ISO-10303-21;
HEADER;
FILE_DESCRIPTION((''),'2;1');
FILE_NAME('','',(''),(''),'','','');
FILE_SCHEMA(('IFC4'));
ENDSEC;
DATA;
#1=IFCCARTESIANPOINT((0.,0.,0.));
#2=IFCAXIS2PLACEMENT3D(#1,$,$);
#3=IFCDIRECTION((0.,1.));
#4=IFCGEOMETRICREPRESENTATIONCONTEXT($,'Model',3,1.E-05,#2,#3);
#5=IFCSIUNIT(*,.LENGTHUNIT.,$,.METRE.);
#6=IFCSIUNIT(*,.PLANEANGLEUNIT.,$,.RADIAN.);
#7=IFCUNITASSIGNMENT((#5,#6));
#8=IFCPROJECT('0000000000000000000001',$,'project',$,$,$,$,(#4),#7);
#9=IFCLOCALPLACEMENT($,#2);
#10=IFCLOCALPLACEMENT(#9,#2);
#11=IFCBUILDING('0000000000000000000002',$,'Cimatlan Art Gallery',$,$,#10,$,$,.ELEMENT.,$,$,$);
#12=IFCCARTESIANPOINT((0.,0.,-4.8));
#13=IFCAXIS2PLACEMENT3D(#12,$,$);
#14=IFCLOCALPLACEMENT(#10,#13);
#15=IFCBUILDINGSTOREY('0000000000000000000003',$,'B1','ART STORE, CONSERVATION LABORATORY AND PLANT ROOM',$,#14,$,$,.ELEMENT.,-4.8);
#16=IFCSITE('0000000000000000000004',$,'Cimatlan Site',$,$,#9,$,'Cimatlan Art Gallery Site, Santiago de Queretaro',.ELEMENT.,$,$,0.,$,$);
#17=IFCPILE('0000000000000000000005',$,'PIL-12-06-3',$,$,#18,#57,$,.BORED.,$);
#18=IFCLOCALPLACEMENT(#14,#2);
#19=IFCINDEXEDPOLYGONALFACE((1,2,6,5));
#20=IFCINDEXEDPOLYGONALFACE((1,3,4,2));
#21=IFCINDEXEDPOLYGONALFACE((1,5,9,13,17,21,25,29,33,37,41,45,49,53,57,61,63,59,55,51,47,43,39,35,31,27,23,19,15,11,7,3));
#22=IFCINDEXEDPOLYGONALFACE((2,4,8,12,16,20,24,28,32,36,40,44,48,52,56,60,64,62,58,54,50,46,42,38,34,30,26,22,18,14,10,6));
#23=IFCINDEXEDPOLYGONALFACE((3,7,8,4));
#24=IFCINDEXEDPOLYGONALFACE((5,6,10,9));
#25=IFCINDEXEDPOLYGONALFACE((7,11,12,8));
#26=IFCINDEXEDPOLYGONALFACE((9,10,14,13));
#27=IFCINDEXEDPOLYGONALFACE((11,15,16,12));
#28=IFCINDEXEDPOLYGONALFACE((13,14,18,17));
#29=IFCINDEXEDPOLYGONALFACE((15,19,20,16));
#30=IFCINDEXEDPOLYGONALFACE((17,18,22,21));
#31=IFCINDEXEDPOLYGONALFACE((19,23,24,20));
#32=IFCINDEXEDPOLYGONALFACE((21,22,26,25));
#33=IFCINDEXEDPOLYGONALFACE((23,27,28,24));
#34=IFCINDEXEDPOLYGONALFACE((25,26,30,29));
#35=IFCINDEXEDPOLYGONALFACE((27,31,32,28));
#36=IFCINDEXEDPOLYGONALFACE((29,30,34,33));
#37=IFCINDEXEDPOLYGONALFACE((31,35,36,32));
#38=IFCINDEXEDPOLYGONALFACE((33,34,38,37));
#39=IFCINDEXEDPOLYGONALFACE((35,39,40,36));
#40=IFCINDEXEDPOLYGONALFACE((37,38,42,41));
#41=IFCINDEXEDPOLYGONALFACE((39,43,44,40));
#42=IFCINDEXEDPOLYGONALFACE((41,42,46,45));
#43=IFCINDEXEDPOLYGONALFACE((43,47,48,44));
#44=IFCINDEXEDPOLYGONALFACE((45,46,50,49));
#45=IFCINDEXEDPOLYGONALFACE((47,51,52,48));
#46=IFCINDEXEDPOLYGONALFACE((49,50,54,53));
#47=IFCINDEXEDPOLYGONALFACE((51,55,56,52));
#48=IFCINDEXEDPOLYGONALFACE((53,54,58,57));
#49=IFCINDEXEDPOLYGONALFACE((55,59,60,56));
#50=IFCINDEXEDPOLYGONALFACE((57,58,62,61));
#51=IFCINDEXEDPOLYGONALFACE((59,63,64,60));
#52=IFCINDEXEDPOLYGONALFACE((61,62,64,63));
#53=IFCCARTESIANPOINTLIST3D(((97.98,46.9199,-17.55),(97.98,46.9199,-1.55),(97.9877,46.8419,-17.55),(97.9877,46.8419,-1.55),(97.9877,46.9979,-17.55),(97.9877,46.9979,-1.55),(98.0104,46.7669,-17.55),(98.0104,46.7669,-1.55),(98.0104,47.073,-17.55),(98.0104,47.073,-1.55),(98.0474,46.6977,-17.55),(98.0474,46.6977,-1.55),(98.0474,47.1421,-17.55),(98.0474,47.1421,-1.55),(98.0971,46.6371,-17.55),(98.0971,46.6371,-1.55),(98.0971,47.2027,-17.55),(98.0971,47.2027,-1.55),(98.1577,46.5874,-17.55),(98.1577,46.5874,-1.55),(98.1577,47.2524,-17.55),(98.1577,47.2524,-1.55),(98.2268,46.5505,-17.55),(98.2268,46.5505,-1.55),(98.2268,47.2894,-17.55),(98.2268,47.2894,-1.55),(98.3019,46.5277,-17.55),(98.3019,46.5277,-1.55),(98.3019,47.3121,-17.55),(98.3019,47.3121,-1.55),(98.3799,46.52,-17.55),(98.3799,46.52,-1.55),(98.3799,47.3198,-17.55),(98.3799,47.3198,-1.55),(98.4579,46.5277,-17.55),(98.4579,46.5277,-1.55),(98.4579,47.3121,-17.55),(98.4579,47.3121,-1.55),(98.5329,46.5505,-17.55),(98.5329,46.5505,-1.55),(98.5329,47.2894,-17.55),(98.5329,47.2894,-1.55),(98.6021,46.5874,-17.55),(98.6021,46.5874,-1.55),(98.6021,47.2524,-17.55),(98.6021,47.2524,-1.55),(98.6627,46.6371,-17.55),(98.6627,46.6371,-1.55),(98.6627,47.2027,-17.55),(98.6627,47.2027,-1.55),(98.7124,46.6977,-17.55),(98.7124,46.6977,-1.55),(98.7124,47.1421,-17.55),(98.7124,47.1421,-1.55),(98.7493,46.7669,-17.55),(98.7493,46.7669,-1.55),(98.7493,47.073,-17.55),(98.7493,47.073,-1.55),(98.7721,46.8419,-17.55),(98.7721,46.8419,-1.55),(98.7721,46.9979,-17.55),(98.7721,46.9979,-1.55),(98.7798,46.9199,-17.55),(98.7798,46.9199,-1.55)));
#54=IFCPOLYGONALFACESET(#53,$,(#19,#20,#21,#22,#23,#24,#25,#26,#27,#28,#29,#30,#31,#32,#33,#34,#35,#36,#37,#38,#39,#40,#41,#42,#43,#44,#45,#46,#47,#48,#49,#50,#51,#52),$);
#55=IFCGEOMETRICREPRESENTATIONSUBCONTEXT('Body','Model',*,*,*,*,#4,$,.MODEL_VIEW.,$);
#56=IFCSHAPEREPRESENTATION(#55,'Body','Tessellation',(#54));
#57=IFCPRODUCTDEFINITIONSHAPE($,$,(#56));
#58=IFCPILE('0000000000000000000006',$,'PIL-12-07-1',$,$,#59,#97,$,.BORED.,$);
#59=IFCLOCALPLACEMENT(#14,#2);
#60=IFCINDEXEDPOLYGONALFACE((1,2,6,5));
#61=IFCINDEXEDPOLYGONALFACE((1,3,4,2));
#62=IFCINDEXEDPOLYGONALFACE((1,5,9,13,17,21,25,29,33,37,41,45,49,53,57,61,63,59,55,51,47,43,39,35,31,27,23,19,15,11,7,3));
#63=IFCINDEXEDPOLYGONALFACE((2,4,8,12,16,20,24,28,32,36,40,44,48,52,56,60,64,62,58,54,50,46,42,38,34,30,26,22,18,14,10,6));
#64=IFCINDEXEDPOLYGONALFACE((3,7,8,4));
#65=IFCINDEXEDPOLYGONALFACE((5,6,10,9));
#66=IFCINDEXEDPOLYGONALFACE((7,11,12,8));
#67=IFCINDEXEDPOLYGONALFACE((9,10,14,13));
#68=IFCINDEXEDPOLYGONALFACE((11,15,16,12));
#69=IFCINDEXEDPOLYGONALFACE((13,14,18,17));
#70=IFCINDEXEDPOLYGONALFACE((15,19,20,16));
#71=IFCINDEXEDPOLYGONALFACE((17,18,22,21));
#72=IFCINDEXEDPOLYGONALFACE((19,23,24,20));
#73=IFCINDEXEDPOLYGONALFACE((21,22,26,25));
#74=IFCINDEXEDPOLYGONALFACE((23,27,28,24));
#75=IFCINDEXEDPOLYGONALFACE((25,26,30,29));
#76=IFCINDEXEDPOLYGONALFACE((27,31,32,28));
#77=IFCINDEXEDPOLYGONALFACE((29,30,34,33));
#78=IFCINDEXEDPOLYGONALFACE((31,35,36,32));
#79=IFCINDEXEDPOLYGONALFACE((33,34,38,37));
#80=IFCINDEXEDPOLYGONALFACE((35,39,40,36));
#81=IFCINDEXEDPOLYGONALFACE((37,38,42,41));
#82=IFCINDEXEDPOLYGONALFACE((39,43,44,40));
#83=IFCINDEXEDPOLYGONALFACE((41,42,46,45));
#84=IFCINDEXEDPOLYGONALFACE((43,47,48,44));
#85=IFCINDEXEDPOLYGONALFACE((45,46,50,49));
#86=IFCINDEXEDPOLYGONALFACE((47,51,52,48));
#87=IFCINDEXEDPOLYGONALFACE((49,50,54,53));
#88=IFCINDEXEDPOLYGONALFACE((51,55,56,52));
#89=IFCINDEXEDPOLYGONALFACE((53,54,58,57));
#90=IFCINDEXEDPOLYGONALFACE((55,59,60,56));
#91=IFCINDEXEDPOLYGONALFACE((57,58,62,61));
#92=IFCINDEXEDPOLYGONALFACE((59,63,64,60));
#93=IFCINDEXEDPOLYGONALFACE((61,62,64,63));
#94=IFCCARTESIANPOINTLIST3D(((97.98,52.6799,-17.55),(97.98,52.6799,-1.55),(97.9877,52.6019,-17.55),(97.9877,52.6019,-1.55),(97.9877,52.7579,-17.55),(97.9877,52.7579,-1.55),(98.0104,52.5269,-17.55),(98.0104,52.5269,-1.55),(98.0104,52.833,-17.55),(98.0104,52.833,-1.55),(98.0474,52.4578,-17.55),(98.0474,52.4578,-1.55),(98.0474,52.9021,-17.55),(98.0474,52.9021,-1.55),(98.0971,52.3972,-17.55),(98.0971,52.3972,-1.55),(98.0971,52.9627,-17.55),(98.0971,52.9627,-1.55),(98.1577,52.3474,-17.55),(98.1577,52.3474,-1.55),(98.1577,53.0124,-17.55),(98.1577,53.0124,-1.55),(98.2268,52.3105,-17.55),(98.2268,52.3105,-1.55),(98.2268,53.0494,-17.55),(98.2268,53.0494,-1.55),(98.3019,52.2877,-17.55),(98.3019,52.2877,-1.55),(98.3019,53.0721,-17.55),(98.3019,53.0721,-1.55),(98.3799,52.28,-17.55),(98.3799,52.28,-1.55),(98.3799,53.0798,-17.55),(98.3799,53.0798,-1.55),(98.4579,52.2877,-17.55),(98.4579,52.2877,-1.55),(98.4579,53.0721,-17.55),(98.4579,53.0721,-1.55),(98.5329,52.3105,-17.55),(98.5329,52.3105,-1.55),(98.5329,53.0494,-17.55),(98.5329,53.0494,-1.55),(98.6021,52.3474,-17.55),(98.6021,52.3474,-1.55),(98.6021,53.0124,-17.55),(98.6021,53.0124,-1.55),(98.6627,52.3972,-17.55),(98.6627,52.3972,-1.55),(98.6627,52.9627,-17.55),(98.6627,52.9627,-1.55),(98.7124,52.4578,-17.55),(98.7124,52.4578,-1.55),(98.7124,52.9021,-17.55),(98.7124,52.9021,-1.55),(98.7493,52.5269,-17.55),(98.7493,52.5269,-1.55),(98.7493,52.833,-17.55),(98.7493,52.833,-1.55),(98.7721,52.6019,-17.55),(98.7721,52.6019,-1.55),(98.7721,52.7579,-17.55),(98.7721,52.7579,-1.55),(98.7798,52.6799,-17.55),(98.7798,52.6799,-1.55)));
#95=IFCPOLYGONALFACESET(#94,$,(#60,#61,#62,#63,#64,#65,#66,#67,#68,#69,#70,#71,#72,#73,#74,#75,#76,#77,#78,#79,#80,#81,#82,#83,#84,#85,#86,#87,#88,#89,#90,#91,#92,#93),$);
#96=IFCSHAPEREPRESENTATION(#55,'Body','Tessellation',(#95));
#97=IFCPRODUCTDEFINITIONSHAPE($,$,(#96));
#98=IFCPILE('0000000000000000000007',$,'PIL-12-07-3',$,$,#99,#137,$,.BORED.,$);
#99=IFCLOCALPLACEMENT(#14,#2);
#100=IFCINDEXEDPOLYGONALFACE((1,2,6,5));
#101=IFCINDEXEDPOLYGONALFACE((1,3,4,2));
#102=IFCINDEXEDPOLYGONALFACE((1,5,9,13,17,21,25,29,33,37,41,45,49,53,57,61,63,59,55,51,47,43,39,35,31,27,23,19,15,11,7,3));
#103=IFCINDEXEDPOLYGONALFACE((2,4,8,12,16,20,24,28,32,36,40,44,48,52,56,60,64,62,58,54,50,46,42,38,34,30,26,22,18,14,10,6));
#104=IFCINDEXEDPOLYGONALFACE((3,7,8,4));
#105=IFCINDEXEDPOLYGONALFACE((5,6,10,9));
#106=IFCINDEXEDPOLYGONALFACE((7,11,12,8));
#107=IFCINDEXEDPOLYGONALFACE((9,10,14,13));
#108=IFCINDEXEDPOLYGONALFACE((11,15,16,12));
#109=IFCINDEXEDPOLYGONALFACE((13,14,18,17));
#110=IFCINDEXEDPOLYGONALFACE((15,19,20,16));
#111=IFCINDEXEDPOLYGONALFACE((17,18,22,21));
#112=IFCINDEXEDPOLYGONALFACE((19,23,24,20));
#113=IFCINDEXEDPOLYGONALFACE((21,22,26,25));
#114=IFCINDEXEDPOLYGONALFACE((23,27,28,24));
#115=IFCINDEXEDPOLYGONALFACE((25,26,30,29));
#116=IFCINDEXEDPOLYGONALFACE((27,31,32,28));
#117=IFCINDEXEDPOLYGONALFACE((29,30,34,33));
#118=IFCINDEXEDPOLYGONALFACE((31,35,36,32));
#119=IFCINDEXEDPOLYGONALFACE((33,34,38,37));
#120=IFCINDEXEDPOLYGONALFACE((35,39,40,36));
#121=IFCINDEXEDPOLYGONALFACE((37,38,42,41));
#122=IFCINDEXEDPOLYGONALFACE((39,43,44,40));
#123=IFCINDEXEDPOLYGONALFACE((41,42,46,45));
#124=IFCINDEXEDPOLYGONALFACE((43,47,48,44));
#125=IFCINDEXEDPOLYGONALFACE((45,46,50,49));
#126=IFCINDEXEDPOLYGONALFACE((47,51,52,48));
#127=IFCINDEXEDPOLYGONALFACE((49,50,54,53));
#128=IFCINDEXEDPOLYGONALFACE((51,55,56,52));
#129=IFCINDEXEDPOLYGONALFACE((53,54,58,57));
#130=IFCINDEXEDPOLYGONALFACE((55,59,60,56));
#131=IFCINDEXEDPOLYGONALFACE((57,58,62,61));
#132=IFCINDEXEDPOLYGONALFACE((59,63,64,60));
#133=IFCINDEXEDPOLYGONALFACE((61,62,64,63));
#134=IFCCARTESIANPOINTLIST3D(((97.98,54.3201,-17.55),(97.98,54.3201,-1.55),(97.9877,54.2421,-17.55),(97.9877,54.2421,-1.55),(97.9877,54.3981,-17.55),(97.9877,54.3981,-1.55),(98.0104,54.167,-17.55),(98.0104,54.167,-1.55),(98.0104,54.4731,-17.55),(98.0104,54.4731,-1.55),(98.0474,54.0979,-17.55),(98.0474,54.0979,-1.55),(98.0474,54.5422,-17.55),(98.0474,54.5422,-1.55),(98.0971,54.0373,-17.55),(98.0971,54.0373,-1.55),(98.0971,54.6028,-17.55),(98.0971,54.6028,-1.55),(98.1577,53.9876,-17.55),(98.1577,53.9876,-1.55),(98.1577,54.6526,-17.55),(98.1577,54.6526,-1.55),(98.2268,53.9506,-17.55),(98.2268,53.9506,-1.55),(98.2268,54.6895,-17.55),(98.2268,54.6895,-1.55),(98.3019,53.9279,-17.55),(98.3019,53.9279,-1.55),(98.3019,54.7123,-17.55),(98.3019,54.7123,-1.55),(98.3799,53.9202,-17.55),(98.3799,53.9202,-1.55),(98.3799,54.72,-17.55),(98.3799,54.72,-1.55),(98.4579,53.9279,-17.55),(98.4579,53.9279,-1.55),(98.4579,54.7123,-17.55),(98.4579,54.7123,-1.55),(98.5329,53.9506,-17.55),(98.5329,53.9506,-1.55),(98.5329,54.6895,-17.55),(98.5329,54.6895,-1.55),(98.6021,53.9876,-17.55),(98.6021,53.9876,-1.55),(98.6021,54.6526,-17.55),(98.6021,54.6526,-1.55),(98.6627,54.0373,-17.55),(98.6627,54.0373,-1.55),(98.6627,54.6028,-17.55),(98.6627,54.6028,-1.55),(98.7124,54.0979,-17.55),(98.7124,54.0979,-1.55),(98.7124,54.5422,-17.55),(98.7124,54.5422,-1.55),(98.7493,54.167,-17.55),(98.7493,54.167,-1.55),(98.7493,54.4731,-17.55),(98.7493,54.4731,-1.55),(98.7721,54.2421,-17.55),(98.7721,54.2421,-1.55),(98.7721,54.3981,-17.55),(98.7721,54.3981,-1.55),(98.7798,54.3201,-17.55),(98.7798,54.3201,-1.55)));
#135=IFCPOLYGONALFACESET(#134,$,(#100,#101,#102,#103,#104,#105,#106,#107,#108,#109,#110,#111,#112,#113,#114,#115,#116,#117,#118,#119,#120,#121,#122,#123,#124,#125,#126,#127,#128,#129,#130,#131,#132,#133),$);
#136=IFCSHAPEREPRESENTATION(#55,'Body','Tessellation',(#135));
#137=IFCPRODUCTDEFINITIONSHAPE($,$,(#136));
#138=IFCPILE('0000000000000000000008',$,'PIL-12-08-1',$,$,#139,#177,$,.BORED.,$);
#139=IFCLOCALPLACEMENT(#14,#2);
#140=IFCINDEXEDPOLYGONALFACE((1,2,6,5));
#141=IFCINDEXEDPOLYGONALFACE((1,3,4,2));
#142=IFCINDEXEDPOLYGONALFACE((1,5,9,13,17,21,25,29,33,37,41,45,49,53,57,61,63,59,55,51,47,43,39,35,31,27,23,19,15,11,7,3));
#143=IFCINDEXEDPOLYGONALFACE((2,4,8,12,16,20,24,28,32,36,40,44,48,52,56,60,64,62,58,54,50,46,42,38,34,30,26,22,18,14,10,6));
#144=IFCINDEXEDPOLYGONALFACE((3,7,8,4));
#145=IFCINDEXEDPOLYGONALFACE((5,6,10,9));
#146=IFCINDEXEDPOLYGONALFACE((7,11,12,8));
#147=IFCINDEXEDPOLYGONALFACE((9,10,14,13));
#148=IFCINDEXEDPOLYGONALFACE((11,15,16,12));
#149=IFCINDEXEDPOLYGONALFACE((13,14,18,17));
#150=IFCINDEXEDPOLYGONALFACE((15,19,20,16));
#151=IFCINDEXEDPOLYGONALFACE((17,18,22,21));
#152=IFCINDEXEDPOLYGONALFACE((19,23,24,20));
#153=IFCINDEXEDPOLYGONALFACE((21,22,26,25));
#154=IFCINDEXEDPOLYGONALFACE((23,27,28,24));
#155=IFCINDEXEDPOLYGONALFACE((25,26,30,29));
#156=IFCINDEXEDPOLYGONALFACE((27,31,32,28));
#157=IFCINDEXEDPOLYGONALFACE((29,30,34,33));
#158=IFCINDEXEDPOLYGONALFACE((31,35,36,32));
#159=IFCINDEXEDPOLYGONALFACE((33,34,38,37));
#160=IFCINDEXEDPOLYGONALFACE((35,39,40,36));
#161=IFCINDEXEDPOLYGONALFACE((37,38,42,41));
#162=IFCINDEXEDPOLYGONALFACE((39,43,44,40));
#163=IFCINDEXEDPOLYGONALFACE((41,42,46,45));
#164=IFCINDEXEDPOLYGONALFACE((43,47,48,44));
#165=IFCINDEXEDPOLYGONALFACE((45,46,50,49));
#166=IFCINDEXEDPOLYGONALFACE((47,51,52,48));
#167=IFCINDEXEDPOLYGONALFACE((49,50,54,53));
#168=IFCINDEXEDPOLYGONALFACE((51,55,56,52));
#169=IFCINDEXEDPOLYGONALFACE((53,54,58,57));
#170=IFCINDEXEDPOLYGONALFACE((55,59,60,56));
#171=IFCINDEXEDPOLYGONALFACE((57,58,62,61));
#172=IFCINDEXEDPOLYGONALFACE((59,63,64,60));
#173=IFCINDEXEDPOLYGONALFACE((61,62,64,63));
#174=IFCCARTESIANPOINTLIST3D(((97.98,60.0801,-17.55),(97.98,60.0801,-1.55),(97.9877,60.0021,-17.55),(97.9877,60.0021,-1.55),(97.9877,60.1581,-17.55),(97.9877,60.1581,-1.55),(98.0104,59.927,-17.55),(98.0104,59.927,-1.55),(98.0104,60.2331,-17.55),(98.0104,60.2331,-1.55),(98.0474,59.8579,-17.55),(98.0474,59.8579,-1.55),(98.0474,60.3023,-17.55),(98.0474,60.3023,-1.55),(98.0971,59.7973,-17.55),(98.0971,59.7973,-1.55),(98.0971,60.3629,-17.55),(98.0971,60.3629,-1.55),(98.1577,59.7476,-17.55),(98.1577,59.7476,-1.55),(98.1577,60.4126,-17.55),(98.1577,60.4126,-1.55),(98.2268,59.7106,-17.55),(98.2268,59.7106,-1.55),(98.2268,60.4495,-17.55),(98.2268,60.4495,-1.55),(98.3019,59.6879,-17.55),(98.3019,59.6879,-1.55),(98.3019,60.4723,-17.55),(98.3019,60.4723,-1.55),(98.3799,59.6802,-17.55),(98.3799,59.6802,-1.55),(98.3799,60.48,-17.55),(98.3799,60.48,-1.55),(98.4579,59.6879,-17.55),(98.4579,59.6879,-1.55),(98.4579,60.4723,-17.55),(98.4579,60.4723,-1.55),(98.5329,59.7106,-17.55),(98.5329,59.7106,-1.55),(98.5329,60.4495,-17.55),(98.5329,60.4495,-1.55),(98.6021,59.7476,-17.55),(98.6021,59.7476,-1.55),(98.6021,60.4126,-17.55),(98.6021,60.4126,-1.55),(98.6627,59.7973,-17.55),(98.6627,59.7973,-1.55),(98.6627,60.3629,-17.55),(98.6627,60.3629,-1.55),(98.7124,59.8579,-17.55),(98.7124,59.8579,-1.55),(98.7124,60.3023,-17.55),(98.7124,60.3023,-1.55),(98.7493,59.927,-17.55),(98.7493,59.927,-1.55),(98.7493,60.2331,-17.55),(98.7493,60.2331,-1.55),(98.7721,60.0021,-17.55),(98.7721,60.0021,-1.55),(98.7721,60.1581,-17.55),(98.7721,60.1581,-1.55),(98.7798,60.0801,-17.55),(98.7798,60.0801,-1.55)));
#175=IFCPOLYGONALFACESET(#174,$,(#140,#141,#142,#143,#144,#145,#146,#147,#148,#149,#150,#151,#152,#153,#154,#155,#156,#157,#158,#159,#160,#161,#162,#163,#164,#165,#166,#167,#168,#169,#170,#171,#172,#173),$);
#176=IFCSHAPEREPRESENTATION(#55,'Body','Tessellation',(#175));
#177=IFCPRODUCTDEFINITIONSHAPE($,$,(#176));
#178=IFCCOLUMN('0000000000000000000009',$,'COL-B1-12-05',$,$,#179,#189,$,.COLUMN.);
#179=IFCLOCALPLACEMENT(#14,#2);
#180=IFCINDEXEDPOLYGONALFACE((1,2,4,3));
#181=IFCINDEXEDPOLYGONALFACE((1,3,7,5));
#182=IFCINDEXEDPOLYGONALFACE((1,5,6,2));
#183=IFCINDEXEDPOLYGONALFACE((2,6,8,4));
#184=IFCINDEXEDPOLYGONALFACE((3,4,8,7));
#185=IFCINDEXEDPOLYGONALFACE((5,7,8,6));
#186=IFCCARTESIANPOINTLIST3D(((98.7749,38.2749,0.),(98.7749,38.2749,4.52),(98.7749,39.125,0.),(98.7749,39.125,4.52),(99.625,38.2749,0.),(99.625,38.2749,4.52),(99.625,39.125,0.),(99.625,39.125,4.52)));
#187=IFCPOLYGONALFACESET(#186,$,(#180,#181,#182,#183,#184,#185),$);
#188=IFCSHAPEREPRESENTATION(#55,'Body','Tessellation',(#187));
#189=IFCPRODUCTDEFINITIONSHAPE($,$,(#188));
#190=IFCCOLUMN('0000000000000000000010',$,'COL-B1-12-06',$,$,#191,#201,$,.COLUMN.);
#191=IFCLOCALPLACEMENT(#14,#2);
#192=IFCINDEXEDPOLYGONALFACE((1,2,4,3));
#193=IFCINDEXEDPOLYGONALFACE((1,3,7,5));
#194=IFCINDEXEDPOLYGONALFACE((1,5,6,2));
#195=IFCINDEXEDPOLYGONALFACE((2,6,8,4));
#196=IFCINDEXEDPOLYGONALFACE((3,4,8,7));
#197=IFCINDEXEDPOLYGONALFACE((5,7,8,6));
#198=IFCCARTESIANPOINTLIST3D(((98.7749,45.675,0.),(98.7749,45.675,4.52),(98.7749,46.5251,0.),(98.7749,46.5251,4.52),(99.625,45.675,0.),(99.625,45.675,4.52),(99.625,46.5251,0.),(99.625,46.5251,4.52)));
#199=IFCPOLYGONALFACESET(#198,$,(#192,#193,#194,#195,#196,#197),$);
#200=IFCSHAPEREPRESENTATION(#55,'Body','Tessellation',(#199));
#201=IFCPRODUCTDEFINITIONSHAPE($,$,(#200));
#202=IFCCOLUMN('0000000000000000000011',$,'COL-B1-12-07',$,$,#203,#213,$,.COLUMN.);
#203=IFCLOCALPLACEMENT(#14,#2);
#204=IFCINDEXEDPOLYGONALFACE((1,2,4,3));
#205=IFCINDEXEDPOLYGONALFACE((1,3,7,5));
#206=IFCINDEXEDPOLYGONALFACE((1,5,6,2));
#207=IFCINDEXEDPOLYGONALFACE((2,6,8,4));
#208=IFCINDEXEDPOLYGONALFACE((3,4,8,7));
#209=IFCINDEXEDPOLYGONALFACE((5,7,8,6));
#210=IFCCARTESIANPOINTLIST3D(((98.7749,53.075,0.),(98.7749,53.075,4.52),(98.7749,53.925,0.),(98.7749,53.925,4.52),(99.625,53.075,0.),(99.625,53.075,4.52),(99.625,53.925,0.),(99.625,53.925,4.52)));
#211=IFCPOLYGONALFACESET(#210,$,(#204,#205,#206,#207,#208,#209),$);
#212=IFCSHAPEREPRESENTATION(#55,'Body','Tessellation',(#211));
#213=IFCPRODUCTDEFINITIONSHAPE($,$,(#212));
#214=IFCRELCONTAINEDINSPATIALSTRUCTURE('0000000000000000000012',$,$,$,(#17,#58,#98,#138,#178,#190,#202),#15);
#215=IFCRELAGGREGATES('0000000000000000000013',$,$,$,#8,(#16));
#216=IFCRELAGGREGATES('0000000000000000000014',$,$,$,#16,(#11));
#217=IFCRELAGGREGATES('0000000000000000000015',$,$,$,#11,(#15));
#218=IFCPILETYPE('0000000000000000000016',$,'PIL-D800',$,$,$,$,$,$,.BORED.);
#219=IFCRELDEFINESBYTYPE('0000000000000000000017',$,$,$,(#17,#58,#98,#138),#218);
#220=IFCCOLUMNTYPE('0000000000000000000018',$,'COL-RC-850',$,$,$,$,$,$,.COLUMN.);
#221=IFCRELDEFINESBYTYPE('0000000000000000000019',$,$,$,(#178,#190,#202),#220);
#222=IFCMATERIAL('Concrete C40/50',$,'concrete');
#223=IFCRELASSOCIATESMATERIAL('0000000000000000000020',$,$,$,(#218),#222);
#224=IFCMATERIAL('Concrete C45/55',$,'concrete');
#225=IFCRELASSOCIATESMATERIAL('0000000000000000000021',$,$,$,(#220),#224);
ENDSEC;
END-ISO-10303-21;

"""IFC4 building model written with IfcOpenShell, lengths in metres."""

from ifc_helpers import new_model, si_unit, direction, frame, origin, origin_2d, place, context, subcontext, project, spatial, rectangle, circle, extrude, material, material_profile, profile_set, type_object, element, save


model = new_model("IFC4")

# Units and contexts
model_context = context("Model", 3, precision=1e-05, world=origin(), true_north=direction((0.0, 1.0)))
body_context = subcontext(model_context, "Body", "Model", "MODEL_VIEW")
ifc_project = project(units=[si_unit("LENGTHUNIT", "METRE"), si_unit("PLANEANGLEUNIT", "RADIAN")], contexts=[model_context])

# Site, building, storey
site_placement = place(None, origin())
site = spatial("IfcSite", under=ifc_project, at=site_placement, Name="Cimatlan Site", LongName="Cimatlan Art Gallery Site, Santiago de Queretaro", CompositionType="ELEMENT", RefElevation=0.0)
building_placement = place(site_placement, origin())
building = spatial("IfcBuilding", under=site, at=building_placement, Name="Cimatlan Art Gallery", CompositionType="ELEMENT")
storey_placement = place(building_placement, frame((0.0, 0.0, -4.8)))
storey = spatial("IfcBuildingStorey", under=building, at=storey_placement, Name="B1", Description="ART STORE, CONSERVATION LABORATORY AND PLANT ROOM", CompositionType="ELEMENT", Elevation=-4.8)

# Shared definitions
ifc_material_1 = material(Name="Concrete C40/50", Category="concrete")

# Piles
pile_type = type_object("IfcPileType", Name="PIL-D800", PredefinedType="BORED", material=ifc_material_1)
for number, where, z_axis, x_axis, name in (
    (1, (98.3799, 46.9199, -1.55), (0.0, 0.0, -1.0), (1.0, 0.0, 0.0), "PIL-12-06-3"),
    (2, (98.3799, 52.6799, -1.55), (0.0, 0.0, -1.0), (1.0, 0.0, 0.0), "PIL-12-07-1"),
    (3, (98.3799, 54.3201, -1.55), (0.0, 0.0, -1.0), (1.0, 0.0, 0.0), "PIL-12-07-3"),
    (4, (98.3799, 60.0801, -1.55), (0.0, 0.0, -1.0), (1.0, 0.0, 0.0), "PIL-12-08-1"),
):
    element("IfcPile", number, at=place(storey_placement, frame(where, z_axis=z_axis, x_axis=x_axis)), inside=storey, type_object=pile_type, Name=name, PredefinedType="BORED", context=body_context, shape_type="SweptSolid", body=[
        extrude(circle(Radius=0.3999, at=origin_2d()), origin(), (0.0, 0.0, 1.0), 16.0),
    ])

# Columns
ifc_material_2 = material(Name="Concrete C45/55", Category="concrete")
ifc_material_profile_1 = material_profile(ifc_material_2, rectangle(XDim=0.8501, YDim=0.8501, at=origin_2d()), Name="RC850X850")
ifc_profile_set_1 = profile_set([ifc_material_profile_1], Name="Concrete C45/55")
column_type_1 = type_object("IfcColumnType", Name="COL-RC-850", PredefinedType="COLUMN", material=ifc_profile_set_1)
for number, where, z_axis, x_axis, name in (
    (5, (99.2, 38.7, 0.0), (0.0, 0.0, 1.0), (1.0, 0.0, 0.0), "COL-B1-12-05"),
    (6, (99.2, 46.1001, 0.0), (0.0, 0.0, 1.0), (1.0, 0.0, 0.0), "COL-B1-12-06"),
    (7, (99.2, 53.5, 0.0), (0.0, 0.0, 1.0), (1.0, 0.0, 0.0), "COL-B1-12-07"),
):
    element("IfcColumn", number, at=place(storey_placement, frame(where, z_axis=z_axis, x_axis=x_axis)), inside=storey, type_object=column_type_1, Name=name, PredefinedType="COLUMN", context=body_context, shape_type="SweptSolid", body=[
        extrude(rectangle(XDim=0.8501, YDim=0.8501, at=origin_2d()), origin(), (0.0, 0.0, 1.0), 4.52),
    ])

save(model, "model.ifc")
